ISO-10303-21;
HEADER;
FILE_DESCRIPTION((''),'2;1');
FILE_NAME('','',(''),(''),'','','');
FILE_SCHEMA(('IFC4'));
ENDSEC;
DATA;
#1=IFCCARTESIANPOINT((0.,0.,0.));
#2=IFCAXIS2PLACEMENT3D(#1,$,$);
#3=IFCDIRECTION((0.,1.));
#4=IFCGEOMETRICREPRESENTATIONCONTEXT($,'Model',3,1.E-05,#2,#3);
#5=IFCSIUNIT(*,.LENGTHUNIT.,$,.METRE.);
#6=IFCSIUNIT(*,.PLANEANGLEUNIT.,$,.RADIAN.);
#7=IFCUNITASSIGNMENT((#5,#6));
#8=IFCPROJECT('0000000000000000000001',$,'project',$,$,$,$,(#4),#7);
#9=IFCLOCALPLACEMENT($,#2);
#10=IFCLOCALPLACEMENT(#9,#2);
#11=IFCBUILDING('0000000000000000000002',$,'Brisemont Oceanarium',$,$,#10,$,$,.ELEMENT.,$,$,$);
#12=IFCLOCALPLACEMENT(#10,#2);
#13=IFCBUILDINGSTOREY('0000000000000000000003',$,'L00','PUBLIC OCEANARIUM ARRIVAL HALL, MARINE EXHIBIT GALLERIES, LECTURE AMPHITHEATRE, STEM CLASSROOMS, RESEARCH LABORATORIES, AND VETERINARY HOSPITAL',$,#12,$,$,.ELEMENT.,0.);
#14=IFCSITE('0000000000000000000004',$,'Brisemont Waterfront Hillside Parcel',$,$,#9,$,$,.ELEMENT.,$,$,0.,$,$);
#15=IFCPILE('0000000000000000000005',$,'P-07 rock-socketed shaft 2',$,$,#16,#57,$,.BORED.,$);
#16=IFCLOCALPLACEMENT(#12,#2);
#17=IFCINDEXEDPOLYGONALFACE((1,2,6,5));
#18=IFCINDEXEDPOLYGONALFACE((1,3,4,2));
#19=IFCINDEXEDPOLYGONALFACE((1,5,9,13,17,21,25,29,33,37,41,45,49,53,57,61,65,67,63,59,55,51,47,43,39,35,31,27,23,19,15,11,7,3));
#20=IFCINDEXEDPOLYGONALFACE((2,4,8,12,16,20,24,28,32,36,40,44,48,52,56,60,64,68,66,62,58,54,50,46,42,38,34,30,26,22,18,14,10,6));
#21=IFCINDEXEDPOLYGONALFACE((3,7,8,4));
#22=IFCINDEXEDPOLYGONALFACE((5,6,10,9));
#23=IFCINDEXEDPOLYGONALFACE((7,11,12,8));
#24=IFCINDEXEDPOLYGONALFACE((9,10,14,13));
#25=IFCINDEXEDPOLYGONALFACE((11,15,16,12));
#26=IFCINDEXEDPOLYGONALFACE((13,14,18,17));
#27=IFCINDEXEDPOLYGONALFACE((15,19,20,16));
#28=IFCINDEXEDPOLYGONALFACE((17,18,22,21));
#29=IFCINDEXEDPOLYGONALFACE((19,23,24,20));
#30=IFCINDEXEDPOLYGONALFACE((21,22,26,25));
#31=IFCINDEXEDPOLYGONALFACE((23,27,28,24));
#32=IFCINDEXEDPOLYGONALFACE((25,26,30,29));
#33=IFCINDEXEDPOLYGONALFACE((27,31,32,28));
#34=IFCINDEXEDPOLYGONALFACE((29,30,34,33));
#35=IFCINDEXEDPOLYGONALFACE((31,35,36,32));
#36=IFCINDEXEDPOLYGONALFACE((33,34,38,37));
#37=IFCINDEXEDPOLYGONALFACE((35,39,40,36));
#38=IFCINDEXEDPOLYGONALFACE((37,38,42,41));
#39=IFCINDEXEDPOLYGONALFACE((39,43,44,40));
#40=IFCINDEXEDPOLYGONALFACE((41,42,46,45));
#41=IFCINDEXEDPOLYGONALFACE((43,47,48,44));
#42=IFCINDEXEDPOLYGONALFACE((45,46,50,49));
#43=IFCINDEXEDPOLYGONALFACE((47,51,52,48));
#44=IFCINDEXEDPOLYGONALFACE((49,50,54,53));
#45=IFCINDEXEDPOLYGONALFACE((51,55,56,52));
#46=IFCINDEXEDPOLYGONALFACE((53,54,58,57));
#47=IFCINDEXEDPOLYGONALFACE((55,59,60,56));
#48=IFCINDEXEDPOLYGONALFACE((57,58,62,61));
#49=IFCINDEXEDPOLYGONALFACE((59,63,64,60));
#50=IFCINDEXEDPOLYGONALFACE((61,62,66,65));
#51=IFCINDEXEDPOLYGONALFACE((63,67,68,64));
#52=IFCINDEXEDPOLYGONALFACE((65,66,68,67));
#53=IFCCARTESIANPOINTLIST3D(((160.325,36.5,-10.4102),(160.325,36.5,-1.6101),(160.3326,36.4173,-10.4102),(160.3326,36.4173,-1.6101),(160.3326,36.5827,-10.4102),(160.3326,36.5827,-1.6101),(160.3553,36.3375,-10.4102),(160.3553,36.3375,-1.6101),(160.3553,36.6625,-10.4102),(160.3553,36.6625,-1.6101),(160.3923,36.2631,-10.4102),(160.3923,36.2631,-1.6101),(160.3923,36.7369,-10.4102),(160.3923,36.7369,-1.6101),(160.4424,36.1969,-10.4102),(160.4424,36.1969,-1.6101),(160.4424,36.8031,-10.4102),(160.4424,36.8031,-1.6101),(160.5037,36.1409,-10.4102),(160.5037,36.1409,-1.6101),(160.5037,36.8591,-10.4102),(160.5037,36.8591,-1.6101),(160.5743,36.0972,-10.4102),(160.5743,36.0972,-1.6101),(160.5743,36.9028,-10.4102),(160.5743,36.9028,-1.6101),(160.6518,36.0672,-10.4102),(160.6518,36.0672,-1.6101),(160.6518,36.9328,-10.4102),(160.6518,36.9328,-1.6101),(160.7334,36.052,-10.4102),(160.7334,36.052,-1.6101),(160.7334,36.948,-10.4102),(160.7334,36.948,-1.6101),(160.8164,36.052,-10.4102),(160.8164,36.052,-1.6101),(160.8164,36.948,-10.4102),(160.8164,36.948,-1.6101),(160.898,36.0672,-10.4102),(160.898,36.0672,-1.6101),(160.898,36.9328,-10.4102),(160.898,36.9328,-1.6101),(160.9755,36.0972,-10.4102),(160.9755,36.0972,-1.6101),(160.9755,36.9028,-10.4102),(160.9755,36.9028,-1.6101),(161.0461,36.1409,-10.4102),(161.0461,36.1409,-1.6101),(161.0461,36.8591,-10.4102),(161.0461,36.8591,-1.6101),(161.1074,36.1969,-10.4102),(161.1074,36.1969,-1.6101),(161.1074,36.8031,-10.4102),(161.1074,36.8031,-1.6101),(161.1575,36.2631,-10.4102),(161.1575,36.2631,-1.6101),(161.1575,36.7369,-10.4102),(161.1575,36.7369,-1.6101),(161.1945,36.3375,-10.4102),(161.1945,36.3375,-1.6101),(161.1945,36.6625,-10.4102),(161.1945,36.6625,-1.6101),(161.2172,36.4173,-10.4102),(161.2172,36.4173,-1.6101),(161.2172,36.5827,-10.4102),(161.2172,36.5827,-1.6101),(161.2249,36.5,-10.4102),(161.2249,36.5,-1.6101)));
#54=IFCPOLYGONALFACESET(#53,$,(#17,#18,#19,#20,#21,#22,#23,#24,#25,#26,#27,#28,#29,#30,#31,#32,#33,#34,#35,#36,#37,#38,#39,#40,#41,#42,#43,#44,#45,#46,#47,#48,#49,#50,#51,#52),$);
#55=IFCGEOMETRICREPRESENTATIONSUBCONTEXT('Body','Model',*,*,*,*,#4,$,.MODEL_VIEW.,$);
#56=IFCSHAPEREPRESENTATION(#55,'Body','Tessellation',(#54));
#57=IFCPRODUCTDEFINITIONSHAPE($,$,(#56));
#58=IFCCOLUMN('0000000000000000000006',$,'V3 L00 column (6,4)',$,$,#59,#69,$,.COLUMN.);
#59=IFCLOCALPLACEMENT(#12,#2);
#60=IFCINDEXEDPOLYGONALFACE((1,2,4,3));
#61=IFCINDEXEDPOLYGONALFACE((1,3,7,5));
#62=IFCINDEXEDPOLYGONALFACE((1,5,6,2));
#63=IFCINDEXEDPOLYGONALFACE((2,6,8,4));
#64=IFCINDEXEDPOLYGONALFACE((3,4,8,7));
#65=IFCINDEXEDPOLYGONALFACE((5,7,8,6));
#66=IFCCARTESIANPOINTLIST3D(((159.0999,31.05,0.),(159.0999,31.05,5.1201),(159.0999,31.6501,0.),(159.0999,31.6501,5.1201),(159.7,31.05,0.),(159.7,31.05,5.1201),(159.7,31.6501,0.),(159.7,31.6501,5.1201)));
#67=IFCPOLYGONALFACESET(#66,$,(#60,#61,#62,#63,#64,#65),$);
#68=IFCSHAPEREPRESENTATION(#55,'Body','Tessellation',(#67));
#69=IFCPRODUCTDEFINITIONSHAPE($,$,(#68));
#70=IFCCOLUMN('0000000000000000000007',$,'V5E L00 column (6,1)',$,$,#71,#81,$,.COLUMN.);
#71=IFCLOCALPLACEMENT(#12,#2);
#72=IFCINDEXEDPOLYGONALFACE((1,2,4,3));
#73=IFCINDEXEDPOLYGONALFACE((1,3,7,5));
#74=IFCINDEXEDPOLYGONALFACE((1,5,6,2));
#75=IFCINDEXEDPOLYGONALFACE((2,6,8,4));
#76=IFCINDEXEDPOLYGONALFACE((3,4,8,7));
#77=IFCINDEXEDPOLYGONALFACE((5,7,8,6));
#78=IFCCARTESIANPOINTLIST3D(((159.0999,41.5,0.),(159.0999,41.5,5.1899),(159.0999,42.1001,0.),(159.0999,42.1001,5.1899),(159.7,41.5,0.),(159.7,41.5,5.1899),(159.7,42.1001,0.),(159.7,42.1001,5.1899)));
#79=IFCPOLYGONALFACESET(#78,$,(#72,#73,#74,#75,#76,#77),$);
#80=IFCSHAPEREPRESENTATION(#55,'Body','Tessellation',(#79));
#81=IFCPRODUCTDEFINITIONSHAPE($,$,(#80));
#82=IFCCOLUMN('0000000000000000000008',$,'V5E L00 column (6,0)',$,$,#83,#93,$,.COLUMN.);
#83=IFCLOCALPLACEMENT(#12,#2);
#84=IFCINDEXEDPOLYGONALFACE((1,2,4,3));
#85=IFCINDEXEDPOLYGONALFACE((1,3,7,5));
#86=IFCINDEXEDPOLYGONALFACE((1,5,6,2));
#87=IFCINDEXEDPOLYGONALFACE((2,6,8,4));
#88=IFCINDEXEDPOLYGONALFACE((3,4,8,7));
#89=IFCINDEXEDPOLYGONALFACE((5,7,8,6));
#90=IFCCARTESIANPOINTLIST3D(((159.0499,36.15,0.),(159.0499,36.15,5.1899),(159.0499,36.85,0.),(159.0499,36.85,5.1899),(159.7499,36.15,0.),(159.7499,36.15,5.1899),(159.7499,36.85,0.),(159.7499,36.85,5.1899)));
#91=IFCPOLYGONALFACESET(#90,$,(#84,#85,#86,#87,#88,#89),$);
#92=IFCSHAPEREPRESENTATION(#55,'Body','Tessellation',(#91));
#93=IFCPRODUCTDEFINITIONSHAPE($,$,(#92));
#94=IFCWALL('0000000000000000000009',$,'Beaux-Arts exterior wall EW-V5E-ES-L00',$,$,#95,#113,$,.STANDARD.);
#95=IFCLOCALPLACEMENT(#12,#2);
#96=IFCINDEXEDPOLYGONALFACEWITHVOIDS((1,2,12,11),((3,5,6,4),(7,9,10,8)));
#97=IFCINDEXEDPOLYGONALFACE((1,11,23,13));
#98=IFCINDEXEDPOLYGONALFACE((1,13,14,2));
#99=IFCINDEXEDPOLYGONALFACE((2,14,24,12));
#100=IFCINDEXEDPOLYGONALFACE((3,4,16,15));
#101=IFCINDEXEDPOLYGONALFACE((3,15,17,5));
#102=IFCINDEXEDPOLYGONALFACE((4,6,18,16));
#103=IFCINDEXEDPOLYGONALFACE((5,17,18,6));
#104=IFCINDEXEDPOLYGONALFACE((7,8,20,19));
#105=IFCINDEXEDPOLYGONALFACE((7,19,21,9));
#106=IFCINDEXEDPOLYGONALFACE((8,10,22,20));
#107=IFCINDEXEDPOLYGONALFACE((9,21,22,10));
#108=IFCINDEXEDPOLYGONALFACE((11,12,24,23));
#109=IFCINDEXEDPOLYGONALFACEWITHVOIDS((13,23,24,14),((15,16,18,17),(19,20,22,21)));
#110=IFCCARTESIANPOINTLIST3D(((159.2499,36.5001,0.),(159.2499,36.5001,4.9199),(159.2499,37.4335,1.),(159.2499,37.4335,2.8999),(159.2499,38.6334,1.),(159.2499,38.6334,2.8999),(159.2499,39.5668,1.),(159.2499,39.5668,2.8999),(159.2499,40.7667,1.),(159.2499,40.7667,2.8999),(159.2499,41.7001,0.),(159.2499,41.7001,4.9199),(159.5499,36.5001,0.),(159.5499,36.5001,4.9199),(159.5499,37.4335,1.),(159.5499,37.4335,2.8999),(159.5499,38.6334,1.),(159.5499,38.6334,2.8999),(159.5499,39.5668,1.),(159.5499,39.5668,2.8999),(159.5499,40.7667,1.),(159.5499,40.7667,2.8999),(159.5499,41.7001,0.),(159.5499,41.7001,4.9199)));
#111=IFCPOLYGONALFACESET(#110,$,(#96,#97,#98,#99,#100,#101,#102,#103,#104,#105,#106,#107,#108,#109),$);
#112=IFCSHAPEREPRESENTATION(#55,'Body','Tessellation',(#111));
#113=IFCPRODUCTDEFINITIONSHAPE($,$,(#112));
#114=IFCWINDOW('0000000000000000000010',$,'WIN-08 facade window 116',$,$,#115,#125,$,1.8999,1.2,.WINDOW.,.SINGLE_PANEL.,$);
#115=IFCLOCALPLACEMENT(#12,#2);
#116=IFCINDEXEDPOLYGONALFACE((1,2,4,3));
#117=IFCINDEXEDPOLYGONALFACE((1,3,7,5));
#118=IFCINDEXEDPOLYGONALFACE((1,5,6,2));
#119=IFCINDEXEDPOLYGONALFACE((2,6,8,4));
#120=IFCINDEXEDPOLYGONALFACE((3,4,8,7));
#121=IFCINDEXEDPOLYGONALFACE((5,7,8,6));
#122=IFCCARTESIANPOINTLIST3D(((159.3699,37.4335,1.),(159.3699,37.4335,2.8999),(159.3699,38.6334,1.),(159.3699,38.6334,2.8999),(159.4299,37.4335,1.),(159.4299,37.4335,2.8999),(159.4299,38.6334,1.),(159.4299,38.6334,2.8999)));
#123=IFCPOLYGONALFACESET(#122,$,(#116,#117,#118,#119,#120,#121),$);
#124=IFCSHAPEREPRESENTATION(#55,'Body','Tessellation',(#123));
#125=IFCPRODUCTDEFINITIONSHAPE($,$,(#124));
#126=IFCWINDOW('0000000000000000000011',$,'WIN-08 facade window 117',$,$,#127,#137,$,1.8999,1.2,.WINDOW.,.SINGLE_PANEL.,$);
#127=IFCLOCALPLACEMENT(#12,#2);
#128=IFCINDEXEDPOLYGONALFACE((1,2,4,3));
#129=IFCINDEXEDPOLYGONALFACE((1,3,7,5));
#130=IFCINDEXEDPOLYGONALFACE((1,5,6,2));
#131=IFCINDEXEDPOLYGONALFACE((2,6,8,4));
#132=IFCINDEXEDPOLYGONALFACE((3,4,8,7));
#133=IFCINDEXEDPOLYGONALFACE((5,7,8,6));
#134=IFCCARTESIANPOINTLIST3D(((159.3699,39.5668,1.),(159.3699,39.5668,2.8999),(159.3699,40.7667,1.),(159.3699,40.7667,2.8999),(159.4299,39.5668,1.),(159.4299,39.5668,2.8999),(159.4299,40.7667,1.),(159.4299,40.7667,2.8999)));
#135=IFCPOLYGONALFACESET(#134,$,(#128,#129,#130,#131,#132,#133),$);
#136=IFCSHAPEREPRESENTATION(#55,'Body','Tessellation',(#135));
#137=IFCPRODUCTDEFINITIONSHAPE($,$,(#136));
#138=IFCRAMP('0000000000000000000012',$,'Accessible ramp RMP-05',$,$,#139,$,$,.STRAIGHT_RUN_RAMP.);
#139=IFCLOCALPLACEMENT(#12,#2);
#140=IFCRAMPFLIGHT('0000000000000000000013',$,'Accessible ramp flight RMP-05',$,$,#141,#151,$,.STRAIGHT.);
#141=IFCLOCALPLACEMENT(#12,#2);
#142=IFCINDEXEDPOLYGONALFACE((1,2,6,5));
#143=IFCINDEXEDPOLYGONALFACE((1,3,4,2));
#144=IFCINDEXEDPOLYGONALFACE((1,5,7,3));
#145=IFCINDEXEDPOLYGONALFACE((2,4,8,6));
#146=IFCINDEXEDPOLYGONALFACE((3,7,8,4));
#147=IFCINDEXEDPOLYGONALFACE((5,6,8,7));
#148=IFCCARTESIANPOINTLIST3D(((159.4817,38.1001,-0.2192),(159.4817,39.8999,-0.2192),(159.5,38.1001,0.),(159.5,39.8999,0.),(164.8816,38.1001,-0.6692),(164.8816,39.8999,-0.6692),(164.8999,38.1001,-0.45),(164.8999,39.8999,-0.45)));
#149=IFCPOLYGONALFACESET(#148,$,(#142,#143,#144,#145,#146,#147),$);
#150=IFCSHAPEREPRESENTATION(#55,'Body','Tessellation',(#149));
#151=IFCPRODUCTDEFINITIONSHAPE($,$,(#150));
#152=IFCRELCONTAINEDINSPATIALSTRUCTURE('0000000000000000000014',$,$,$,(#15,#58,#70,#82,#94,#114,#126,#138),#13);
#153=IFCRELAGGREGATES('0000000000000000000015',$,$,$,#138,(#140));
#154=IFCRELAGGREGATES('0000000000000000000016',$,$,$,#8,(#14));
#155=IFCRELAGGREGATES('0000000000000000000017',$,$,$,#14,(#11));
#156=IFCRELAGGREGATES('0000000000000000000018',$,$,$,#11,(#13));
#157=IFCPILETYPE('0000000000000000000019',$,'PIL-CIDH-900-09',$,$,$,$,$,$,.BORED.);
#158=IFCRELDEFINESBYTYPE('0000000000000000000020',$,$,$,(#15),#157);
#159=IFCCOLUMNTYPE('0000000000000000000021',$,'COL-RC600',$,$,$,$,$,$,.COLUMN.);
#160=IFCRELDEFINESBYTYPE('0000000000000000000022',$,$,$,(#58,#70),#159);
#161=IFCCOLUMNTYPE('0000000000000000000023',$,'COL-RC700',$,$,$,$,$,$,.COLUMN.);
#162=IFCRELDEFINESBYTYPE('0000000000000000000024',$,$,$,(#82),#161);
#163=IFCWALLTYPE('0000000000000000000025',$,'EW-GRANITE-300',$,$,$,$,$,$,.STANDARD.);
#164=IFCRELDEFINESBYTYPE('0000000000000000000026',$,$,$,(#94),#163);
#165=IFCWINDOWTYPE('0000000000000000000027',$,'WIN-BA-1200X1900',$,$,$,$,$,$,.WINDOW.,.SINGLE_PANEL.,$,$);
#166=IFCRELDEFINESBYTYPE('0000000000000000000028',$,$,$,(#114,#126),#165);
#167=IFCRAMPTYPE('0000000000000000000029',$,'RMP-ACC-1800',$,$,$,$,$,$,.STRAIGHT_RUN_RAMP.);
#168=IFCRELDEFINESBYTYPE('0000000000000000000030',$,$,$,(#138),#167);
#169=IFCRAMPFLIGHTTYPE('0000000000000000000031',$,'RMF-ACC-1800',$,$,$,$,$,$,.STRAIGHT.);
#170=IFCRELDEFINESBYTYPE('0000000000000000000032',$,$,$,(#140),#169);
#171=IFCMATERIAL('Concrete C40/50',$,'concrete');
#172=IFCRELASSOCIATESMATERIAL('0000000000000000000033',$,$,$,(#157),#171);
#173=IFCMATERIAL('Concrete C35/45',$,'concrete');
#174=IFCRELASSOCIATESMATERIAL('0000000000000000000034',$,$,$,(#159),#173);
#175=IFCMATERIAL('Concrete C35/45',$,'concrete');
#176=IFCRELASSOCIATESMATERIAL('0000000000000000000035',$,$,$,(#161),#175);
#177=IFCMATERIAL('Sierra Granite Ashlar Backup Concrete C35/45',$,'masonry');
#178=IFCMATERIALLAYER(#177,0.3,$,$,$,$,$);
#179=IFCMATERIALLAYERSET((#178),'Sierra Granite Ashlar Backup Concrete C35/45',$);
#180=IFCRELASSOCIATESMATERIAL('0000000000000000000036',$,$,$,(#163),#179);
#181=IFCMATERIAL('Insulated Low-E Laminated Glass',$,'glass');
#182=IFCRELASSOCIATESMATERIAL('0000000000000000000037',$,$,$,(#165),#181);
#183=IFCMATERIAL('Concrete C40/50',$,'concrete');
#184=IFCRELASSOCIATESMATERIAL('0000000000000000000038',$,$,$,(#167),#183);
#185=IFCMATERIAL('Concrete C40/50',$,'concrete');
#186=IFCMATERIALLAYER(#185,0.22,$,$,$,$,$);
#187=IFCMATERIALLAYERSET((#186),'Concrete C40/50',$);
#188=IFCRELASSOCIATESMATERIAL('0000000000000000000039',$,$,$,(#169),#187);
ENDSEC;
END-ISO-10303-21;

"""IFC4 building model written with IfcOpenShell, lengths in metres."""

from ifc_helpers import new_model, si_unit, direction, frame, frame_2d, origin, origin_2d, place, context, subcontext, project, spatial, polyline, rectangle, circle, outline, extrude, material, layer, layer_set, material_profile, profile_set, type_object, element, fill, aggregate, save


model = new_model("IFC4")

# Units and contexts
model_context = context("Model", 3, precision=1e-05, world=origin(), true_north=direction((0.0, 1.0)))
body_context = subcontext(model_context, "Body", "Model", "MODEL_VIEW")
ifc_project = project(units=[si_unit("LENGTHUNIT", "METRE"), si_unit("PLANEANGLEUNIT", "RADIAN")], contexts=[model_context])

# Site, building, storey
site_placement = place(None, origin())
site = spatial("IfcSite", under=ifc_project, at=site_placement, Name="Brisemont Waterfront Hillside Parcel", CompositionType="ELEMENT", RefElevation=0.0)
building_placement = place(site_placement, origin())
building = spatial("IfcBuilding", under=site, at=building_placement, Name="Brisemont Oceanarium", CompositionType="ELEMENT")
storey_placement = place(building_placement, origin())
storey = spatial("IfcBuildingStorey", under=building, at=storey_placement, Name="L00", Description="PUBLIC OCEANARIUM ARRIVAL HALL, MARINE EXHIBIT GALLERIES, LECTURE AMPHITHEATRE, STEM CLASSROOMS, RESEARCH LABORATORIES, AND VETERINARY HOSPITAL", CompositionType="ELEMENT", Elevation=0.0)

# Pile
ifc_material_1 = material(Name="Concrete C40/50", Category="concrete")
ifc_material_profile_1 = material_profile(ifc_material_1, circle(Radius=0.45, at=origin_2d()), Name="CIDH-D900")
ifc_profile_set_1 = profile_set([ifc_material_profile_1], Name="Concrete C40/50")
pile_type_1 = type_object("IfcPileType", Name="PIL-CIDH-900-09", PredefinedType="BORED", material=ifc_profile_set_1)
for number, where, z_axis, x_axis, name in (
    (1, (160.7749, 36.5, -1.6101), (0.0, 0.0, -1.0), (1.0, 0.0, 0.0), "P-07 rock-socketed shaft 2"),
):
    element("IfcPile", number, at=place(storey_placement, frame(where, z_axis=z_axis, x_axis=x_axis)), inside=storey, type_object=pile_type_1, Name=name, PredefinedType="BORED", context=body_context, shape_type="SweptSolid", body=[
        extrude(circle(Radius=0.45, at=origin_2d()), origin(), (0.0, 0.0, 1.0), 8.8),
    ])

# Columns
ifc_material_2 = material(Name="Concrete C35/45", Category="concrete")
ifc_material_profile_2 = material_profile(ifc_material_2, rectangle(XDim=0.6001, YDim=0.6001, at=origin_2d()), Name="RC-COL-600X600")
ifc_profile_set_2 = profile_set([ifc_material_profile_2], Name="Concrete C35/45")
column_type_1 = type_object("IfcColumnType", Name="COL-RC600", PredefinedType="COLUMN", material=ifc_profile_set_2)
column_1_placement = place(storey_placement, frame((159.3999, 31.3501, 0.0), z_axis=(0.0, 0.0, 1.0), x_axis=(1.0, 0.0, 0.0)))
element("IfcColumn", 2, at=column_1_placement, inside=storey, type_object=column_type_1, Name="V3 L00 column (6,4)", PredefinedType="COLUMN", context=body_context, shape_type="SweptSolid", body=[
    extrude(rectangle(XDim=0.6001, YDim=0.6001, at=origin_2d()), origin(), (0.0, 0.0, 1.0), 5.1201),
])
column_2_placement = place(storey_placement, frame((159.3999, 41.8, 0.0), z_axis=(0.0, 0.0, 1.0), x_axis=(0.0, 1.0, 0.0)))
element("IfcColumn", 3, at=column_2_placement, inside=storey, type_object=column_type_1, Name="V5E L00 column (6,1)", PredefinedType="COLUMN", context=body_context, shape_type="SweptSolid", body=[
    extrude(rectangle(XDim=0.6001, YDim=0.6001, at=origin_2d()), origin(), (0.0, 0.0, 1.0), 5.1899),
])
ifc_material_3 = material(Name="Concrete C35/45", Category="concrete")
ifc_material_profile_3 = material_profile(ifc_material_3, rectangle(XDim=0.7, YDim=0.7, at=origin_2d()), Name="RC-COL-700X700")
ifc_profile_set_3 = profile_set([ifc_material_profile_3], Name="Concrete C35/45")
column_type_2 = type_object("IfcColumnType", Name="COL-RC700", PredefinedType="COLUMN", material=ifc_profile_set_3)
column_3_placement = place(storey_placement, frame((159.3999, 36.5, 0.0), z_axis=(0.0, 0.0, 1.0), x_axis=(1.0, 0.0, 0.0)))
element("IfcColumn", 4, at=column_3_placement, inside=storey, type_object=column_type_2, Name="V5E L00 column (6,0)", PredefinedType="COLUMN", context=body_context, shape_type="SweptSolid", body=[
    extrude(rectangle(XDim=0.7, YDim=0.7, at=origin_2d()), origin(), (0.0, 0.0, 1.0), 5.1899),
])

# Wall, openings, windows
ifc_material_4 = material(Name="Sierra Granite Ashlar Backup Concrete C35/45", Category="masonry")
ifc_layer_1 = layer(ifc_material_4, 0.3)
ifc_layer_set_1 = layer_set([ifc_layer_1], Name="Sierra Granite Ashlar Backup Concrete C35/45")
wall_type = type_object("IfcWallType", Name="EW-GRANITE-300", PredefinedType="STANDARD", material=ifc_layer_set_1)
wall_placement = place(storey_placement, frame((159.3999, 36.5, 0.0), z_axis=(0.0, 0.0, 1.0), x_axis=(0.0, 1.0, 0.0)))
wall = element("IfcWall", 5, at=wall_placement, inside=storey, type_object=wall_type, Name="Beaux-Arts exterior wall EW-V5E-ES-L00", PredefinedType="STANDARD", context=body_context, shape_type="SweptSolid", body=[
    extrude(rectangle(XDim=5.2, YDim=0.3, at=frame_2d((2.6001, 0.0))), origin(), (0.0, 0.0, 1.0), 4.9199),
])
opening_1_placement = place(wall_placement, frame((0.9333, 0.0, 1.0)))
opening_1 = element("IfcOpeningElement", 6, at=opening_1_placement, cuts=wall, PredefinedType="OPENING", context=body_context, shape_type="SweptSolid", body=[
    extrude(rectangle(XDim=1.2, YDim=1.8999, at=frame_2d((0.6001, 0.95))), frame((0.0, 0.1599, 0.0), z_axis=(0.0, -1.0, 0.0), x_axis=(1.0, 0.0, 0.0)), (0.0, 0.0, 1.0), 0.3201),
])
opening_2_placement = place(wall_placement, frame((3.0667, 0.0, 1.0)))
opening_2 = element("IfcOpeningElement", 7, at=opening_2_placement, cuts=wall, PredefinedType="OPENING", context=body_context, shape_type="SweptSolid", body=[
    extrude(rectangle(XDim=1.2, YDim=1.8999, at=frame_2d((0.6001, 0.95))), frame((0.0, 0.1599, 0.0), z_axis=(0.0, -1.0, 0.0), x_axis=(1.0, 0.0, 0.0)), (0.0, 0.0, 1.0), 0.3201),
])
ifc_material_5 = material(Name="Insulated Low-E Laminated Glass", Category="glass")
window_type = type_object("IfcWindowType", Name="WIN-BA-1200X1900", PartitioningType="SINGLE_PANEL", PredefinedType="WINDOW", material=ifc_material_5)
window_1_placement = place(opening_1_placement, origin())
window_1 = element("IfcWindow", 8, at=window_1_placement, inside=storey, type_object=window_type, Name="WIN-08 facade window 116", OverallHeight=1.8999, OverallWidth=1.2, PartitioningType="SINGLE_PANEL", PredefinedType="WINDOW", context=body_context, shape_type="SweptSolid", body=[
    extrude(rectangle(XDim=1.2, YDim=1.8999, at=frame_2d((0.6001, 0.95))), frame((0.0, 0.03, 0.0), z_axis=(0.0, -1.0, 0.0), x_axis=(1.0, 0.0, 0.0)), (0.0, 0.0, 1.0), 0.0601),
])
fill(opening_1, window_1)
window_2_placement = place(opening_2_placement, origin())
window_2 = element("IfcWindow", 9, at=window_2_placement, inside=storey, type_object=window_type, Name="WIN-08 facade window 117", OverallHeight=1.8999, OverallWidth=1.2, PartitioningType="SINGLE_PANEL", PredefinedType="WINDOW", context=body_context, shape_type="SweptSolid", body=[
    extrude(rectangle(XDim=1.2, YDim=1.8999, at=frame_2d((0.6001, 0.95))), frame((0.0, 0.03, 0.0), z_axis=(0.0, -1.0, 0.0), x_axis=(1.0, 0.0, 0.0)), (0.0, 0.0, 1.0), 0.0601),
])
fill(opening_2, window_2)

# Ramp, ramp flight
ifc_material_6 = material(Name="Concrete C40/50", Category="concrete")
ramp_type = type_object("IfcRampType", Name="RMP-ACC-1800", PredefinedType="STRAIGHT_RUN_RAMP", material=ifc_material_6)
ramp_placement = place(storey_placement, origin())
ramp = element("IfcRamp", 10, at=ramp_placement, inside=storey, type_object=ramp_type, Name="Accessible ramp RMP-05", PredefinedType="STRAIGHT_RUN_RAMP")
ifc_material_7 = material(Name="Concrete C40/50", Category="concrete")
ifc_layer_2 = layer(ifc_material_7, 0.22)
ifc_layer_set_2 = layer_set([ifc_layer_2], Name="Concrete C40/50")
ramp_flight_type = type_object("IfcRampFlightType", Name="RMF-ACC-1800", PredefinedType="STRAIGHT", material=ifc_layer_set_2)
ramp_flight_placement = place(storey_placement, frame((164.8999, 39.8999, -0.45), z_axis=(0.083038, 0.0, 0.996546), x_axis=(-0.996546, 0.0, 0.083038)))
ramp_flight = element("IfcRampFlight", 11, at=ramp_flight_placement, type_object=ramp_flight_type, Name="Accessible ramp flight RMP-05", PredefinedType="STRAIGHT", context=body_context, shape_type="SweptSolid", body=[
    extrude(outline(polyline([(0.0, 0.0), (5.4186, 0.0), (5.4186, 1.7998), (0.0, 1.7998), (0.0, 0.0)])), origin(), (0.0, 0.0, -1.0), 0.22),
])
aggregate(ramp, [ramp_flight])

save(model, "model.ifc")
